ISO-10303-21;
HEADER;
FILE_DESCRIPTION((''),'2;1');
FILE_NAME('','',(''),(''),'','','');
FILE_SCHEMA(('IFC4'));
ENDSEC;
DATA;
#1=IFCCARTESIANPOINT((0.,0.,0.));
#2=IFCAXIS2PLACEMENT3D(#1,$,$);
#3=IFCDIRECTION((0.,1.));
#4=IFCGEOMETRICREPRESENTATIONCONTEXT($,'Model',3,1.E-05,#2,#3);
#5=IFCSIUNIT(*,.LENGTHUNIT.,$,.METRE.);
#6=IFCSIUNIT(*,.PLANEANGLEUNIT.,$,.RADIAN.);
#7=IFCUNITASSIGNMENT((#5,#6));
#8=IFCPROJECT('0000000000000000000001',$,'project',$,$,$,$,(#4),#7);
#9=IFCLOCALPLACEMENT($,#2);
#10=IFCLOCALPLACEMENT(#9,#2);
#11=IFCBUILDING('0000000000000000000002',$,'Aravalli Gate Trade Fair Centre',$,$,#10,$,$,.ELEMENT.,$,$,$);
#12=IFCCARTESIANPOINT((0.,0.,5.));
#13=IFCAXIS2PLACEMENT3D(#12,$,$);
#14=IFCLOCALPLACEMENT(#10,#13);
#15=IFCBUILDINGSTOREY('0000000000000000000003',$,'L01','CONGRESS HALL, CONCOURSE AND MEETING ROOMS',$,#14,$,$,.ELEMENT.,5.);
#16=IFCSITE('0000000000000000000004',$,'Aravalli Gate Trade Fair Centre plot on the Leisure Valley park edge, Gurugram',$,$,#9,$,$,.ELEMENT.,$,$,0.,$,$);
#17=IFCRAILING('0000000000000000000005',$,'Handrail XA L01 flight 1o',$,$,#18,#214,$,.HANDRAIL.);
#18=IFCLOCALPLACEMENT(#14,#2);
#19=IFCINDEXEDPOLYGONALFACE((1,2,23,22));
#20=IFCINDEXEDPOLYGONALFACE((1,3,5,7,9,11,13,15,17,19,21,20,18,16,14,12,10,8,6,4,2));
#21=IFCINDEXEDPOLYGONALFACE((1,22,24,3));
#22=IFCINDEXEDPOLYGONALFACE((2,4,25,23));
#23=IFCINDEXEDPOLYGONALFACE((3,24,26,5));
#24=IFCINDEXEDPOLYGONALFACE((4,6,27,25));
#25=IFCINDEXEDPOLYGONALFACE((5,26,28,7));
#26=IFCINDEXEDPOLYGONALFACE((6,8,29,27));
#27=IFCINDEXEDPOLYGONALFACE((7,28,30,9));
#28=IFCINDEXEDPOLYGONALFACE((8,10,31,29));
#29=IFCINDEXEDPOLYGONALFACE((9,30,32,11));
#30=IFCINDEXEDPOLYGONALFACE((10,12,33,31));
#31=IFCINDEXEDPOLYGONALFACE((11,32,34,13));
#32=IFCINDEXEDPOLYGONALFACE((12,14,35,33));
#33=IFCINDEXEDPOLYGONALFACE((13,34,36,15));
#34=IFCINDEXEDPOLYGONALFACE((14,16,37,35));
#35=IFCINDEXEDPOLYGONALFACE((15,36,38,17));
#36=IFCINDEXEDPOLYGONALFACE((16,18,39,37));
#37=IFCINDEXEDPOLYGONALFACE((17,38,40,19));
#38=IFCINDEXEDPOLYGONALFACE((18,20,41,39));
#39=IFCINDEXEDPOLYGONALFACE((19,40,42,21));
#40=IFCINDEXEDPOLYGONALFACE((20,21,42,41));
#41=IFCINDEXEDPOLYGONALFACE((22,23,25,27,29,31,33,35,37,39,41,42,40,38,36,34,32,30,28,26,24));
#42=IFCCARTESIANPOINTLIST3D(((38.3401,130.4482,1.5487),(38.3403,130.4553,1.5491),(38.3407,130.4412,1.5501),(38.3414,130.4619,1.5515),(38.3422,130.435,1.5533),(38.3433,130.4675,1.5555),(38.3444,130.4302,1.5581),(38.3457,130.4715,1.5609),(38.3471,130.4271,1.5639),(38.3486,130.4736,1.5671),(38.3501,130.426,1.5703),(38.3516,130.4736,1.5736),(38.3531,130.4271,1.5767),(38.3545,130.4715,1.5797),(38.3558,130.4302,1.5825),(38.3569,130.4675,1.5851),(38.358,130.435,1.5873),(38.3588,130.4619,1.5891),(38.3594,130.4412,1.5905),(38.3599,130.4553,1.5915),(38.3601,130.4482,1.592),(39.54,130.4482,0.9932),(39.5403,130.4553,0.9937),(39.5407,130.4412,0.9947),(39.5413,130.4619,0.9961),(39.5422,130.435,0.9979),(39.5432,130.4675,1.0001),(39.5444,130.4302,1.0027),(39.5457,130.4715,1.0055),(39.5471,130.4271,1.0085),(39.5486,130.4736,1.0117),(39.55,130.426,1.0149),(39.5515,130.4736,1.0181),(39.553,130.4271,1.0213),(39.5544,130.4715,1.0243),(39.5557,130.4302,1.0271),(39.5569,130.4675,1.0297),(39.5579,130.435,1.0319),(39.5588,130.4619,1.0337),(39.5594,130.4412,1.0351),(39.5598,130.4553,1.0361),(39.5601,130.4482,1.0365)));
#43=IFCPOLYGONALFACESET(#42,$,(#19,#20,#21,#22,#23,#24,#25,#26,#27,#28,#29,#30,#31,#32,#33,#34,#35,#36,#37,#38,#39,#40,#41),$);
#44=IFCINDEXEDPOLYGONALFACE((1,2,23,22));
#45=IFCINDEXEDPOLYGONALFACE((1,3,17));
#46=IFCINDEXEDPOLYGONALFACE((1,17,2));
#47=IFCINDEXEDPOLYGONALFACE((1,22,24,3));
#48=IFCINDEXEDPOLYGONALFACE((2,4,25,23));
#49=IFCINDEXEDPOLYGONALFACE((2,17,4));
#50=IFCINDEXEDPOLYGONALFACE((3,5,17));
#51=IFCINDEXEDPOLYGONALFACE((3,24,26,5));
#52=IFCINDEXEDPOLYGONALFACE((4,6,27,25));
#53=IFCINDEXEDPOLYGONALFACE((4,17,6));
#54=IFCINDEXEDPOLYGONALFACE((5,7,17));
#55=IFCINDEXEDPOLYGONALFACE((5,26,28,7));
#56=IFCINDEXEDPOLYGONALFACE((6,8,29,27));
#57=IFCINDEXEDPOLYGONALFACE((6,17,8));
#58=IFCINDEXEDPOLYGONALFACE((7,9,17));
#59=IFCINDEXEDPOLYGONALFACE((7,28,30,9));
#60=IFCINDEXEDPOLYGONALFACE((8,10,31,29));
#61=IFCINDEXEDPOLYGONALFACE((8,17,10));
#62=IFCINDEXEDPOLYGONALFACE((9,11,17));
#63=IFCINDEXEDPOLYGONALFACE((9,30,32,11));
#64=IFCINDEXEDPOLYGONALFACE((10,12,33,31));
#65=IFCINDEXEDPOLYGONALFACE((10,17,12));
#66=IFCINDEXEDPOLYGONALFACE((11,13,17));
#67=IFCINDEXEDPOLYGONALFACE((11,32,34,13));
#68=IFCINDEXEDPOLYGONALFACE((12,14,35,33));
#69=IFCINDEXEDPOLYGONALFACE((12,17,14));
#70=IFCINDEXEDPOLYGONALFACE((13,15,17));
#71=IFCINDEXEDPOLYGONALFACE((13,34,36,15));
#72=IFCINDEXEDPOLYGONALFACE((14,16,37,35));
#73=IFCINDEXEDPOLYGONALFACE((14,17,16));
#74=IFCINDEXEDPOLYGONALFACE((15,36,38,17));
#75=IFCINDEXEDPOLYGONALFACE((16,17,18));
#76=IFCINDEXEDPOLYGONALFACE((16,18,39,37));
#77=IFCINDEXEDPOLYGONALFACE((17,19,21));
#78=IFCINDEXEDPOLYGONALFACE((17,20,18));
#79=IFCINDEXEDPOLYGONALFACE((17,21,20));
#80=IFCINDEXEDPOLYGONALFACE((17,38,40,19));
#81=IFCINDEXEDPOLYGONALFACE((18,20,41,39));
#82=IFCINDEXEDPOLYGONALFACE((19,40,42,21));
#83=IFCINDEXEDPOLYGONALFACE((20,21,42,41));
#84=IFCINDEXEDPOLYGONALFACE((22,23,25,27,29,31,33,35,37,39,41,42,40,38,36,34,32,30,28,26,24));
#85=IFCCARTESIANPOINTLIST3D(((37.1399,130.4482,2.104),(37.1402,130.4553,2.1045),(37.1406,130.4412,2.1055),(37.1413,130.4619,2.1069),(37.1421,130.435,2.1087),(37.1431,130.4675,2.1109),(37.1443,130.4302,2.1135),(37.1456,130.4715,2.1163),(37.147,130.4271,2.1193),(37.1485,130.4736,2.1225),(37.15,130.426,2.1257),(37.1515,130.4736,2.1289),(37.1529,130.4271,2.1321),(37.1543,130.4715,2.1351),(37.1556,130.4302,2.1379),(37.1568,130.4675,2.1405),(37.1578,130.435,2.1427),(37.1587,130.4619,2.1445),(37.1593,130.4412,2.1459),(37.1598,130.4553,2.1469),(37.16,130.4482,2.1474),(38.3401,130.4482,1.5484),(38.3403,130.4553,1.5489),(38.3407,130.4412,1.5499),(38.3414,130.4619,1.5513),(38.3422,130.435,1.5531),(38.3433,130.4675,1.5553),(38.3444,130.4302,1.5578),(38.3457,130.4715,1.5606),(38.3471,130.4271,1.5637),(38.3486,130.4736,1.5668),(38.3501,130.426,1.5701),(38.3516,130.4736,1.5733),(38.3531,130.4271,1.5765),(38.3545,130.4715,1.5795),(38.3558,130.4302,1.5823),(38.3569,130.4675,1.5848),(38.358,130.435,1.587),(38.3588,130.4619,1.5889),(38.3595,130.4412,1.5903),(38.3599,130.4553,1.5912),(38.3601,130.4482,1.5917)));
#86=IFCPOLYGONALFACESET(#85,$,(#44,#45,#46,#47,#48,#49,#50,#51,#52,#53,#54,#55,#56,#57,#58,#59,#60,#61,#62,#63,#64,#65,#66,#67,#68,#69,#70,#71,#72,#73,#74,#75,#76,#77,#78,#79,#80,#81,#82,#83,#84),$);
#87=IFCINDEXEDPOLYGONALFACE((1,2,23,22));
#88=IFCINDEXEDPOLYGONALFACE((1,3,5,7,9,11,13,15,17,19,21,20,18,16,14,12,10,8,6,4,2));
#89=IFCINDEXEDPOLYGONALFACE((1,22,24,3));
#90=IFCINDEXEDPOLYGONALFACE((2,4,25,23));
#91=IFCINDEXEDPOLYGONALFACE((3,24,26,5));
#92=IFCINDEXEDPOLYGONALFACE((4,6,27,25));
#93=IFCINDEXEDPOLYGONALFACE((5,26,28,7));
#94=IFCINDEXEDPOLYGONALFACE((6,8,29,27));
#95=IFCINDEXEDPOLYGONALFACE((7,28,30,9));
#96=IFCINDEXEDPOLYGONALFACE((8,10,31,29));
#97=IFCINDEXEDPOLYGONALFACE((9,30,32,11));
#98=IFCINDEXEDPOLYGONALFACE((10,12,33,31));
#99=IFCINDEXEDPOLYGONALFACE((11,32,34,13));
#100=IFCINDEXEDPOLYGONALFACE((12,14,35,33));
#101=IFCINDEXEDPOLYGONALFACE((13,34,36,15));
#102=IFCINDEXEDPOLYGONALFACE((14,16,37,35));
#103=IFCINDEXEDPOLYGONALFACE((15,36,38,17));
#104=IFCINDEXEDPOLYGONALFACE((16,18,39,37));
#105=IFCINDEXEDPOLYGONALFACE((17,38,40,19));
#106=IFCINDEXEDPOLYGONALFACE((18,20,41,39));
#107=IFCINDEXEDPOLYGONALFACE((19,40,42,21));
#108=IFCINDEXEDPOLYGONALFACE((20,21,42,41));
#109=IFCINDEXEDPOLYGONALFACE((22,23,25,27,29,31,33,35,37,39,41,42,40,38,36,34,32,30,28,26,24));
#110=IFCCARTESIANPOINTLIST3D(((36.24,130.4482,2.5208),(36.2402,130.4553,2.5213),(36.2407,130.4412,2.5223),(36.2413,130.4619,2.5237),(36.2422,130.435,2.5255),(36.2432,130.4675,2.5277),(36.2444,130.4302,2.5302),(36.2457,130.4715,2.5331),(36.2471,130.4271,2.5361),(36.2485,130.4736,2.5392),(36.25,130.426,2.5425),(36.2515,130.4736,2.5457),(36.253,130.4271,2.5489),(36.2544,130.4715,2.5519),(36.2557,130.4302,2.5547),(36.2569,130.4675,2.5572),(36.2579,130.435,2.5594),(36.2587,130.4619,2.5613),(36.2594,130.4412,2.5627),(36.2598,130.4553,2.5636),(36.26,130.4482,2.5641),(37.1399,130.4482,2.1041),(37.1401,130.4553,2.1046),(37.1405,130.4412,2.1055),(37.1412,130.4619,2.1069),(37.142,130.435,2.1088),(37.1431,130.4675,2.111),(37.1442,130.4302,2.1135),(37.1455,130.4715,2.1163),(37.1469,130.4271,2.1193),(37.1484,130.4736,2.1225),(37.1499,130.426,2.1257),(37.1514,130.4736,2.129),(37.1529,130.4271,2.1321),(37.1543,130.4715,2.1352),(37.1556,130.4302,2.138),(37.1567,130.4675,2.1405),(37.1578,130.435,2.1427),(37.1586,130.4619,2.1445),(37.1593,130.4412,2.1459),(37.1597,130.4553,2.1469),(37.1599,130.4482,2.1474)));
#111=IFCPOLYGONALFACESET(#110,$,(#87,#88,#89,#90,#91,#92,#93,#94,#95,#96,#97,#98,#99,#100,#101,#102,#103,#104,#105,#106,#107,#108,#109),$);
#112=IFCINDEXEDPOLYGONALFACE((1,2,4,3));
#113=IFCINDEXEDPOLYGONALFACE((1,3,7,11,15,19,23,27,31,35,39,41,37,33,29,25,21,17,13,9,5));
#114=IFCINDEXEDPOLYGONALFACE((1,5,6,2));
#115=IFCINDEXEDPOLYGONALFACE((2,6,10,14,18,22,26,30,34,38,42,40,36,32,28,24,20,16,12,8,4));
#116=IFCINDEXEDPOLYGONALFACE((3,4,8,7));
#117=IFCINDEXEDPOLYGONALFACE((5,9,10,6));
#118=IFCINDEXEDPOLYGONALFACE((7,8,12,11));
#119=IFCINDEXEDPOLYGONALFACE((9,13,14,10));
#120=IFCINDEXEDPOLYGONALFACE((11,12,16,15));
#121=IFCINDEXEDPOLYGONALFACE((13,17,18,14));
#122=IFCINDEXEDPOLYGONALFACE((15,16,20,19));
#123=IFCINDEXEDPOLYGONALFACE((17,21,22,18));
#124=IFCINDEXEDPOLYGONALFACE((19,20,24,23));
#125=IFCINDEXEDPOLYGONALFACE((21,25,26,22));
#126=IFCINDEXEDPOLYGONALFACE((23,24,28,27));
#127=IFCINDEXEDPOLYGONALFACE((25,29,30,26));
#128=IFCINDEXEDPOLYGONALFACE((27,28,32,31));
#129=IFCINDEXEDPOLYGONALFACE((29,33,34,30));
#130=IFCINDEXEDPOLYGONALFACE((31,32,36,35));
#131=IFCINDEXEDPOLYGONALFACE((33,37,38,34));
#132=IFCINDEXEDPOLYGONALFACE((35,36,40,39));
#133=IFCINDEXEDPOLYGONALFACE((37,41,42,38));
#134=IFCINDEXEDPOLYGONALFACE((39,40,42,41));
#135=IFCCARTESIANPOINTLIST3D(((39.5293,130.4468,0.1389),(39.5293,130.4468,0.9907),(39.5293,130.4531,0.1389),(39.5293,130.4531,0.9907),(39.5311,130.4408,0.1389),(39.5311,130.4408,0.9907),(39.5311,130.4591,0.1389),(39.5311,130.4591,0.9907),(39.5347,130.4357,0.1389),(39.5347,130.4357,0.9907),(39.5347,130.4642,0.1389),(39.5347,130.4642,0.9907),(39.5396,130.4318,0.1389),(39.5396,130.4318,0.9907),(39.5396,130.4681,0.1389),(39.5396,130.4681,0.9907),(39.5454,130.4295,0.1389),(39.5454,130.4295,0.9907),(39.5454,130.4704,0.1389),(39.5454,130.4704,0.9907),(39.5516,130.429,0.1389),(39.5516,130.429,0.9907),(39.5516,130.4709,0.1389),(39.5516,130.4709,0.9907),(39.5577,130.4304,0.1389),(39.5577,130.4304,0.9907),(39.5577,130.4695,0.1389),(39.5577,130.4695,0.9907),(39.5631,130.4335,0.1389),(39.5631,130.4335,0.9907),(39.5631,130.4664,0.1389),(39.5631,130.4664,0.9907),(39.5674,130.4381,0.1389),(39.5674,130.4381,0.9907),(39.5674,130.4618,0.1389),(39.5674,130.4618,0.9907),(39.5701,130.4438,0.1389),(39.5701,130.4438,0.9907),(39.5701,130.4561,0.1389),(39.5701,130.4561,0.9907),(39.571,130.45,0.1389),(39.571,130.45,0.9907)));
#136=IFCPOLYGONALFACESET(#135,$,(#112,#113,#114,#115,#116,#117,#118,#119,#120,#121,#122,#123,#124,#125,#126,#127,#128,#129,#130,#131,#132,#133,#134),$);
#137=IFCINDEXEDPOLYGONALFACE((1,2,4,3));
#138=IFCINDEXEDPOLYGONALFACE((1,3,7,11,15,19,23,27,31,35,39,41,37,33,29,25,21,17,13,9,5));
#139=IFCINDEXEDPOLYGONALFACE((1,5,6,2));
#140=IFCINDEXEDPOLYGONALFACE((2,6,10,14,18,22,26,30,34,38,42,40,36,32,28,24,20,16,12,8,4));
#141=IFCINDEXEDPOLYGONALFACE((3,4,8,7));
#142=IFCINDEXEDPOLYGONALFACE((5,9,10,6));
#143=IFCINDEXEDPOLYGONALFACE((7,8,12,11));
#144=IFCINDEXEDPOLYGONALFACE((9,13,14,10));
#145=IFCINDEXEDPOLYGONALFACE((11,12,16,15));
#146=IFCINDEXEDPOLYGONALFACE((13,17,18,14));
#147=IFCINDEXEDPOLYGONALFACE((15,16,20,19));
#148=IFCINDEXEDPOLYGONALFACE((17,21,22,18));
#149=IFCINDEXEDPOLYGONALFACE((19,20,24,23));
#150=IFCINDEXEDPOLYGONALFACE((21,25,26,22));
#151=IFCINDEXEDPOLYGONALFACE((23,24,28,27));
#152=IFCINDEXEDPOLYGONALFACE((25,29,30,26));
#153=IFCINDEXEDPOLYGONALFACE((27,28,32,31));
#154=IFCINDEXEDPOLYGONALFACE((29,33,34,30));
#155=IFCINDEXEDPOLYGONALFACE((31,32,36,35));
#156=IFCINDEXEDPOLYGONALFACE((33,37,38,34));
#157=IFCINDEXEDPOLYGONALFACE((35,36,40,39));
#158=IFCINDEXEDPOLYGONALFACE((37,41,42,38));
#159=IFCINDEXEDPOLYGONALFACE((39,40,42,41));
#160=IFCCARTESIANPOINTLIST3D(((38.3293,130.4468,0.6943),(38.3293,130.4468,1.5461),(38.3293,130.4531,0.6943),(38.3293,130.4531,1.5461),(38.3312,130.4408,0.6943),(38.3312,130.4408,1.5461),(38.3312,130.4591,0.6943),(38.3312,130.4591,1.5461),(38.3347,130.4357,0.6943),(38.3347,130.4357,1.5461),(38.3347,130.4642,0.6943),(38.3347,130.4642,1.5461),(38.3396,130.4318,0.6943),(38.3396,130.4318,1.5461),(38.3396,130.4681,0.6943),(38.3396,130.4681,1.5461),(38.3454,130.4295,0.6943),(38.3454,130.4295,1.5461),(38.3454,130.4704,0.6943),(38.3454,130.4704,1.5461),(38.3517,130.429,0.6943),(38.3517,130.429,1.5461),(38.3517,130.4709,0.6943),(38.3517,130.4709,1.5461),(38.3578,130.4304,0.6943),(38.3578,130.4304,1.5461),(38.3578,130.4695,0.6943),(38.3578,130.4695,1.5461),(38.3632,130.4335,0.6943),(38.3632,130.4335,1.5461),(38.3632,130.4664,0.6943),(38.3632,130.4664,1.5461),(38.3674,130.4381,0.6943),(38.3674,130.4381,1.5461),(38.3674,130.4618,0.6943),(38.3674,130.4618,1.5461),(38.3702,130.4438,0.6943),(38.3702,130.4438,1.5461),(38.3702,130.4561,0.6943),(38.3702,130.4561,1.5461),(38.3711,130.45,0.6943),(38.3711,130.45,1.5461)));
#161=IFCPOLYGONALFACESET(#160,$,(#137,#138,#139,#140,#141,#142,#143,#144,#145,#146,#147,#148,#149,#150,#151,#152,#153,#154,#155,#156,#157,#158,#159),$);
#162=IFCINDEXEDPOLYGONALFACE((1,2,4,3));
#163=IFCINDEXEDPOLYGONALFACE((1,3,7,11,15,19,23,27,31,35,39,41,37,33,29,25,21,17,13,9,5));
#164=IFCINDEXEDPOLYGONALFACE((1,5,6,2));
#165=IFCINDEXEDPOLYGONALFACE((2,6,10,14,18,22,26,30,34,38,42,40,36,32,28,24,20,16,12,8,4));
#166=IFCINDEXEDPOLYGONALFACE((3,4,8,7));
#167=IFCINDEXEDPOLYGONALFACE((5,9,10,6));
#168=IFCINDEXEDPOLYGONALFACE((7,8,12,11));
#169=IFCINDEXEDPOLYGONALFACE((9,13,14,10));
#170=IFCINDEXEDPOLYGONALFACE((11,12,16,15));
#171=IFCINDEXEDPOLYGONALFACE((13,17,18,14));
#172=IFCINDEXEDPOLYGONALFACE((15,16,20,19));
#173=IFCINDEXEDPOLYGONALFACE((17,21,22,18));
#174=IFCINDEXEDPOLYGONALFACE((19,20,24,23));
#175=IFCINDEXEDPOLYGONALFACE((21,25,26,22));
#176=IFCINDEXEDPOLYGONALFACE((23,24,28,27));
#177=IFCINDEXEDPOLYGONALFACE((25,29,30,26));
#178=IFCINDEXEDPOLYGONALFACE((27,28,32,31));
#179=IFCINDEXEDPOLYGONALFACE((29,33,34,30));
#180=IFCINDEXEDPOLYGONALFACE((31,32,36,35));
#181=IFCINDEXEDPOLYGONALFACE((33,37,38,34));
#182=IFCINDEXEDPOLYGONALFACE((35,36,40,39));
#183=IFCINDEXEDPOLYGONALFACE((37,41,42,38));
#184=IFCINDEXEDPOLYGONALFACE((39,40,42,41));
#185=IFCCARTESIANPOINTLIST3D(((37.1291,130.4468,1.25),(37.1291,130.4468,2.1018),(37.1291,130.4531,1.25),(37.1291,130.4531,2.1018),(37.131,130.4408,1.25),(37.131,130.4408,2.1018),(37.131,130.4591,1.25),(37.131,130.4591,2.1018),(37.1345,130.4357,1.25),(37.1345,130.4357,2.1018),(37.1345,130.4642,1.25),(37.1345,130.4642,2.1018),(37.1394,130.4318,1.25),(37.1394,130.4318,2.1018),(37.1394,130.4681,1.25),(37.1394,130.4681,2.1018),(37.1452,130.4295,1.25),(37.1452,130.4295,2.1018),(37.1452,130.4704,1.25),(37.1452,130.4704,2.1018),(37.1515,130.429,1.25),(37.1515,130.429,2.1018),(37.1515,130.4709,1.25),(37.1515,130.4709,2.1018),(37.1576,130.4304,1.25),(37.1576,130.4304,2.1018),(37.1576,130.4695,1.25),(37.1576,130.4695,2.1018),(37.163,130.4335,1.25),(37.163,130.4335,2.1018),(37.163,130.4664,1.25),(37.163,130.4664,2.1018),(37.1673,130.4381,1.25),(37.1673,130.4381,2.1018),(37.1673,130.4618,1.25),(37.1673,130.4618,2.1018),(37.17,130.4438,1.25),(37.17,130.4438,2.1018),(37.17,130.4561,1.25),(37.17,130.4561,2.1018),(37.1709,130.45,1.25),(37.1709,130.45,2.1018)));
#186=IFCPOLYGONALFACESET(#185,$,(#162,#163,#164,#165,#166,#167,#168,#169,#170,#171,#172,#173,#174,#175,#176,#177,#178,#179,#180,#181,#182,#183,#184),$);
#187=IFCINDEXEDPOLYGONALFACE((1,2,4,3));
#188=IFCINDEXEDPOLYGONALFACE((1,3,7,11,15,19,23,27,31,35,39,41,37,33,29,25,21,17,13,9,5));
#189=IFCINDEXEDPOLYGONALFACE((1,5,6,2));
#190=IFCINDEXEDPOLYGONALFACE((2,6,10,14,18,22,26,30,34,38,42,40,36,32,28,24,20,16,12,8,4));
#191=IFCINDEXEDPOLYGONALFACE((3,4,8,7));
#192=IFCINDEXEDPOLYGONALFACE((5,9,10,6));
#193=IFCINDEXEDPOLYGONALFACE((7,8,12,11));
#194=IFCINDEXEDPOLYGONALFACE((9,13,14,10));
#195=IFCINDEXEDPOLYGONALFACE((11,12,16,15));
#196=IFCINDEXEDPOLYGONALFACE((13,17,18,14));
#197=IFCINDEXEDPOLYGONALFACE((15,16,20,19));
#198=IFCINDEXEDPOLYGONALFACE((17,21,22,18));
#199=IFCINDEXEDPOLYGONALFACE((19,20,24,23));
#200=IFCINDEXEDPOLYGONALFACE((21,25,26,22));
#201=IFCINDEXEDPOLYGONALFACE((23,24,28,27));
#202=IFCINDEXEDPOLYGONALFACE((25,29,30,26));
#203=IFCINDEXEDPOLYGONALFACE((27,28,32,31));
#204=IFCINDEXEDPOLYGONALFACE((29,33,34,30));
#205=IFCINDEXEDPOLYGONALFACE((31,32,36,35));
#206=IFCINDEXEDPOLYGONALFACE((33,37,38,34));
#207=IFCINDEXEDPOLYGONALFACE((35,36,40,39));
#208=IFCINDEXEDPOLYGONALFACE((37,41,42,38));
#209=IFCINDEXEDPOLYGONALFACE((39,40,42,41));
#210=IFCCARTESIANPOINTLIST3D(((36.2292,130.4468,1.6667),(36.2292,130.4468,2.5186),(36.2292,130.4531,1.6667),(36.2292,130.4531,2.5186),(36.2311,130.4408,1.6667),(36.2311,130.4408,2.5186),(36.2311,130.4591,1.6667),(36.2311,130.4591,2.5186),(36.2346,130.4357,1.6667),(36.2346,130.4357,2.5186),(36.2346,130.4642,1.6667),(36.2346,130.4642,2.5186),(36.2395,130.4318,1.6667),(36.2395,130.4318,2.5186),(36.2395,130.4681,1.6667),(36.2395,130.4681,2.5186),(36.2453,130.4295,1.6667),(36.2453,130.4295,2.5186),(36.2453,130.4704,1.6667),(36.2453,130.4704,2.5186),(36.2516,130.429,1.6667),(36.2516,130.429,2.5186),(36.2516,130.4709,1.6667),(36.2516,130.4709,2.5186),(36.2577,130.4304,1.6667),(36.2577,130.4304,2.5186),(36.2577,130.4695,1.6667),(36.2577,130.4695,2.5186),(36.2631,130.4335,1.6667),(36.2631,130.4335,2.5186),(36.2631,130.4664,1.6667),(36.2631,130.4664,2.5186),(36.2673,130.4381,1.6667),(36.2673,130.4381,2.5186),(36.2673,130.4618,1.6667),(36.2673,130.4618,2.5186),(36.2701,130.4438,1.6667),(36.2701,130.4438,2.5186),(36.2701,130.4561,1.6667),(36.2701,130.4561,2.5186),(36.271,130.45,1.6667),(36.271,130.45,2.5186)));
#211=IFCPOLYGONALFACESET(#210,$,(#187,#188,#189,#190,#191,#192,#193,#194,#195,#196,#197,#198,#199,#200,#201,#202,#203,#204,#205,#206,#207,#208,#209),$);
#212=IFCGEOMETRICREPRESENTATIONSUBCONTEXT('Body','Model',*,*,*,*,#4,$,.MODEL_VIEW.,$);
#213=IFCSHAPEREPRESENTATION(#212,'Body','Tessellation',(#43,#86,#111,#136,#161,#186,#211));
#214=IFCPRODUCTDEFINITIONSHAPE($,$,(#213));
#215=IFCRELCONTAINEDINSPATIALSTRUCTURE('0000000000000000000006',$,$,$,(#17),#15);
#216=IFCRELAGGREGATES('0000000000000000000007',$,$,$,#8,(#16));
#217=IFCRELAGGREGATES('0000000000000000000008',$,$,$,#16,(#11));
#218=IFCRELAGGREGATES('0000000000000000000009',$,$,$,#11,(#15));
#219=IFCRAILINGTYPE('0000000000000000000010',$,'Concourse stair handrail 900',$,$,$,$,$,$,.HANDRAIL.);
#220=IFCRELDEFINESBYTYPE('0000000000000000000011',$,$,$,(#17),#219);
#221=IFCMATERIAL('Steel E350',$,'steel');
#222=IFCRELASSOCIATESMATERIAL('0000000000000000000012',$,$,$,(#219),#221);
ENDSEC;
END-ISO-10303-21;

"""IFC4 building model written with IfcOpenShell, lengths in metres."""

from ifc_helpers import new_model, si_unit, direction, frame, origin, origin_2d, place, context, subcontext, project, spatial, circle, extrude, material, type_object, element, save


model = new_model("IFC4")

# Units and contexts
model_context = context("Model", 3, precision=1e-05, world=origin(), true_north=direction((0.0, 1.0)))
body_context = subcontext(model_context, "Body", "Model", "MODEL_VIEW")
ifc_project = project(units=[si_unit("LENGTHUNIT", "METRE"), si_unit("PLANEANGLEUNIT", "RADIAN")], contexts=[model_context])

# Site, building, storey
site_placement = place(None, origin())
site = spatial("IfcSite", under=ifc_project, at=site_placement, Name="Aravalli Gate Trade Fair Centre plot on the Leisure Valley park edge, Gurugram", CompositionType="ELEMENT", RefElevation=0.0)
building_placement = place(site_placement, origin())
building = spatial("IfcBuilding", under=site, at=building_placement, Name="Aravalli Gate Trade Fair Centre", CompositionType="ELEMENT")
storey_placement = place(building_placement, frame((0.0, 0.0, 5.0)))
storey = spatial("IfcBuildingStorey", under=building, at=storey_placement, Name="L01", Description="CONGRESS HALL, CONCOURSE AND MEETING ROOMS", CompositionType="ELEMENT", Elevation=5.0)

# Shared definitions
ifc_material_1 = material(Name="Steel E350", Category="steel")

# Railing
railing_type_1 = type_object("IfcRailingType", Name="Concourse stair handrail 900", PredefinedType="HANDRAIL", material=ifc_material_1)
for number, where, name in (
    (1, (39.55, 130.45, 0.1389), "Handrail XA L01 flight 1o"),
):
    element("IfcRailing", number, at=place(storey_placement, frame(where)), inside=storey, type_object=railing_type_1, Name=name, PredefinedType="HANDRAIL", context=body_context, shape_type="SweptSolid", body=[
        extrude(circle(Radius=0.0239, at=origin_2d()), frame((0.0, 0.0, 0.876), z_axis=(-0.907499, 0.0, 0.420053), x_axis=(0.0, -1.0, 0.0)), (0.0, 0.0, 1.0), 1.3223),
        extrude(circle(Radius=0.0239, at=origin_2d()), frame((-1.2, 0.0, 1.4312), z_axis=(-0.907462, 0.0, 0.420135), x_axis=(0.0, -1.0, 0.0)), (0.0, 0.0, 1.0), 1.3225),
        extrude(circle(Radius=0.0239, at=origin_2d()), frame((-2.4001, 0.0, 1.9868), z_axis=(-0.907418, 0.0, 0.420229), x_axis=(0.0, -1.0, 0.0)), (0.0, 0.0, 1.0), 0.9917),
        extrude(circle(Radius=0.021, at=origin_2d()), origin(), (0.0, 0.0, 1.0), 0.8518),
        extrude(circle(Radius=0.021, at=origin_2d()), frame((-1.2, 0.0, 0.5554)), (0.0, 0.0, 1.0), 0.8518),
        extrude(circle(Radius=0.021, at=origin_2d()), frame((-2.4001, 0.0, 1.1111)), (0.0, 0.0, 1.0), 0.8518),
        extrude(circle(Radius=0.021, at=origin_2d()), frame((-3.3, 0.0, 1.5278)), (0.0, 0.0, 1.0), 0.8518),
    ])

save(model, "model.ifc")
